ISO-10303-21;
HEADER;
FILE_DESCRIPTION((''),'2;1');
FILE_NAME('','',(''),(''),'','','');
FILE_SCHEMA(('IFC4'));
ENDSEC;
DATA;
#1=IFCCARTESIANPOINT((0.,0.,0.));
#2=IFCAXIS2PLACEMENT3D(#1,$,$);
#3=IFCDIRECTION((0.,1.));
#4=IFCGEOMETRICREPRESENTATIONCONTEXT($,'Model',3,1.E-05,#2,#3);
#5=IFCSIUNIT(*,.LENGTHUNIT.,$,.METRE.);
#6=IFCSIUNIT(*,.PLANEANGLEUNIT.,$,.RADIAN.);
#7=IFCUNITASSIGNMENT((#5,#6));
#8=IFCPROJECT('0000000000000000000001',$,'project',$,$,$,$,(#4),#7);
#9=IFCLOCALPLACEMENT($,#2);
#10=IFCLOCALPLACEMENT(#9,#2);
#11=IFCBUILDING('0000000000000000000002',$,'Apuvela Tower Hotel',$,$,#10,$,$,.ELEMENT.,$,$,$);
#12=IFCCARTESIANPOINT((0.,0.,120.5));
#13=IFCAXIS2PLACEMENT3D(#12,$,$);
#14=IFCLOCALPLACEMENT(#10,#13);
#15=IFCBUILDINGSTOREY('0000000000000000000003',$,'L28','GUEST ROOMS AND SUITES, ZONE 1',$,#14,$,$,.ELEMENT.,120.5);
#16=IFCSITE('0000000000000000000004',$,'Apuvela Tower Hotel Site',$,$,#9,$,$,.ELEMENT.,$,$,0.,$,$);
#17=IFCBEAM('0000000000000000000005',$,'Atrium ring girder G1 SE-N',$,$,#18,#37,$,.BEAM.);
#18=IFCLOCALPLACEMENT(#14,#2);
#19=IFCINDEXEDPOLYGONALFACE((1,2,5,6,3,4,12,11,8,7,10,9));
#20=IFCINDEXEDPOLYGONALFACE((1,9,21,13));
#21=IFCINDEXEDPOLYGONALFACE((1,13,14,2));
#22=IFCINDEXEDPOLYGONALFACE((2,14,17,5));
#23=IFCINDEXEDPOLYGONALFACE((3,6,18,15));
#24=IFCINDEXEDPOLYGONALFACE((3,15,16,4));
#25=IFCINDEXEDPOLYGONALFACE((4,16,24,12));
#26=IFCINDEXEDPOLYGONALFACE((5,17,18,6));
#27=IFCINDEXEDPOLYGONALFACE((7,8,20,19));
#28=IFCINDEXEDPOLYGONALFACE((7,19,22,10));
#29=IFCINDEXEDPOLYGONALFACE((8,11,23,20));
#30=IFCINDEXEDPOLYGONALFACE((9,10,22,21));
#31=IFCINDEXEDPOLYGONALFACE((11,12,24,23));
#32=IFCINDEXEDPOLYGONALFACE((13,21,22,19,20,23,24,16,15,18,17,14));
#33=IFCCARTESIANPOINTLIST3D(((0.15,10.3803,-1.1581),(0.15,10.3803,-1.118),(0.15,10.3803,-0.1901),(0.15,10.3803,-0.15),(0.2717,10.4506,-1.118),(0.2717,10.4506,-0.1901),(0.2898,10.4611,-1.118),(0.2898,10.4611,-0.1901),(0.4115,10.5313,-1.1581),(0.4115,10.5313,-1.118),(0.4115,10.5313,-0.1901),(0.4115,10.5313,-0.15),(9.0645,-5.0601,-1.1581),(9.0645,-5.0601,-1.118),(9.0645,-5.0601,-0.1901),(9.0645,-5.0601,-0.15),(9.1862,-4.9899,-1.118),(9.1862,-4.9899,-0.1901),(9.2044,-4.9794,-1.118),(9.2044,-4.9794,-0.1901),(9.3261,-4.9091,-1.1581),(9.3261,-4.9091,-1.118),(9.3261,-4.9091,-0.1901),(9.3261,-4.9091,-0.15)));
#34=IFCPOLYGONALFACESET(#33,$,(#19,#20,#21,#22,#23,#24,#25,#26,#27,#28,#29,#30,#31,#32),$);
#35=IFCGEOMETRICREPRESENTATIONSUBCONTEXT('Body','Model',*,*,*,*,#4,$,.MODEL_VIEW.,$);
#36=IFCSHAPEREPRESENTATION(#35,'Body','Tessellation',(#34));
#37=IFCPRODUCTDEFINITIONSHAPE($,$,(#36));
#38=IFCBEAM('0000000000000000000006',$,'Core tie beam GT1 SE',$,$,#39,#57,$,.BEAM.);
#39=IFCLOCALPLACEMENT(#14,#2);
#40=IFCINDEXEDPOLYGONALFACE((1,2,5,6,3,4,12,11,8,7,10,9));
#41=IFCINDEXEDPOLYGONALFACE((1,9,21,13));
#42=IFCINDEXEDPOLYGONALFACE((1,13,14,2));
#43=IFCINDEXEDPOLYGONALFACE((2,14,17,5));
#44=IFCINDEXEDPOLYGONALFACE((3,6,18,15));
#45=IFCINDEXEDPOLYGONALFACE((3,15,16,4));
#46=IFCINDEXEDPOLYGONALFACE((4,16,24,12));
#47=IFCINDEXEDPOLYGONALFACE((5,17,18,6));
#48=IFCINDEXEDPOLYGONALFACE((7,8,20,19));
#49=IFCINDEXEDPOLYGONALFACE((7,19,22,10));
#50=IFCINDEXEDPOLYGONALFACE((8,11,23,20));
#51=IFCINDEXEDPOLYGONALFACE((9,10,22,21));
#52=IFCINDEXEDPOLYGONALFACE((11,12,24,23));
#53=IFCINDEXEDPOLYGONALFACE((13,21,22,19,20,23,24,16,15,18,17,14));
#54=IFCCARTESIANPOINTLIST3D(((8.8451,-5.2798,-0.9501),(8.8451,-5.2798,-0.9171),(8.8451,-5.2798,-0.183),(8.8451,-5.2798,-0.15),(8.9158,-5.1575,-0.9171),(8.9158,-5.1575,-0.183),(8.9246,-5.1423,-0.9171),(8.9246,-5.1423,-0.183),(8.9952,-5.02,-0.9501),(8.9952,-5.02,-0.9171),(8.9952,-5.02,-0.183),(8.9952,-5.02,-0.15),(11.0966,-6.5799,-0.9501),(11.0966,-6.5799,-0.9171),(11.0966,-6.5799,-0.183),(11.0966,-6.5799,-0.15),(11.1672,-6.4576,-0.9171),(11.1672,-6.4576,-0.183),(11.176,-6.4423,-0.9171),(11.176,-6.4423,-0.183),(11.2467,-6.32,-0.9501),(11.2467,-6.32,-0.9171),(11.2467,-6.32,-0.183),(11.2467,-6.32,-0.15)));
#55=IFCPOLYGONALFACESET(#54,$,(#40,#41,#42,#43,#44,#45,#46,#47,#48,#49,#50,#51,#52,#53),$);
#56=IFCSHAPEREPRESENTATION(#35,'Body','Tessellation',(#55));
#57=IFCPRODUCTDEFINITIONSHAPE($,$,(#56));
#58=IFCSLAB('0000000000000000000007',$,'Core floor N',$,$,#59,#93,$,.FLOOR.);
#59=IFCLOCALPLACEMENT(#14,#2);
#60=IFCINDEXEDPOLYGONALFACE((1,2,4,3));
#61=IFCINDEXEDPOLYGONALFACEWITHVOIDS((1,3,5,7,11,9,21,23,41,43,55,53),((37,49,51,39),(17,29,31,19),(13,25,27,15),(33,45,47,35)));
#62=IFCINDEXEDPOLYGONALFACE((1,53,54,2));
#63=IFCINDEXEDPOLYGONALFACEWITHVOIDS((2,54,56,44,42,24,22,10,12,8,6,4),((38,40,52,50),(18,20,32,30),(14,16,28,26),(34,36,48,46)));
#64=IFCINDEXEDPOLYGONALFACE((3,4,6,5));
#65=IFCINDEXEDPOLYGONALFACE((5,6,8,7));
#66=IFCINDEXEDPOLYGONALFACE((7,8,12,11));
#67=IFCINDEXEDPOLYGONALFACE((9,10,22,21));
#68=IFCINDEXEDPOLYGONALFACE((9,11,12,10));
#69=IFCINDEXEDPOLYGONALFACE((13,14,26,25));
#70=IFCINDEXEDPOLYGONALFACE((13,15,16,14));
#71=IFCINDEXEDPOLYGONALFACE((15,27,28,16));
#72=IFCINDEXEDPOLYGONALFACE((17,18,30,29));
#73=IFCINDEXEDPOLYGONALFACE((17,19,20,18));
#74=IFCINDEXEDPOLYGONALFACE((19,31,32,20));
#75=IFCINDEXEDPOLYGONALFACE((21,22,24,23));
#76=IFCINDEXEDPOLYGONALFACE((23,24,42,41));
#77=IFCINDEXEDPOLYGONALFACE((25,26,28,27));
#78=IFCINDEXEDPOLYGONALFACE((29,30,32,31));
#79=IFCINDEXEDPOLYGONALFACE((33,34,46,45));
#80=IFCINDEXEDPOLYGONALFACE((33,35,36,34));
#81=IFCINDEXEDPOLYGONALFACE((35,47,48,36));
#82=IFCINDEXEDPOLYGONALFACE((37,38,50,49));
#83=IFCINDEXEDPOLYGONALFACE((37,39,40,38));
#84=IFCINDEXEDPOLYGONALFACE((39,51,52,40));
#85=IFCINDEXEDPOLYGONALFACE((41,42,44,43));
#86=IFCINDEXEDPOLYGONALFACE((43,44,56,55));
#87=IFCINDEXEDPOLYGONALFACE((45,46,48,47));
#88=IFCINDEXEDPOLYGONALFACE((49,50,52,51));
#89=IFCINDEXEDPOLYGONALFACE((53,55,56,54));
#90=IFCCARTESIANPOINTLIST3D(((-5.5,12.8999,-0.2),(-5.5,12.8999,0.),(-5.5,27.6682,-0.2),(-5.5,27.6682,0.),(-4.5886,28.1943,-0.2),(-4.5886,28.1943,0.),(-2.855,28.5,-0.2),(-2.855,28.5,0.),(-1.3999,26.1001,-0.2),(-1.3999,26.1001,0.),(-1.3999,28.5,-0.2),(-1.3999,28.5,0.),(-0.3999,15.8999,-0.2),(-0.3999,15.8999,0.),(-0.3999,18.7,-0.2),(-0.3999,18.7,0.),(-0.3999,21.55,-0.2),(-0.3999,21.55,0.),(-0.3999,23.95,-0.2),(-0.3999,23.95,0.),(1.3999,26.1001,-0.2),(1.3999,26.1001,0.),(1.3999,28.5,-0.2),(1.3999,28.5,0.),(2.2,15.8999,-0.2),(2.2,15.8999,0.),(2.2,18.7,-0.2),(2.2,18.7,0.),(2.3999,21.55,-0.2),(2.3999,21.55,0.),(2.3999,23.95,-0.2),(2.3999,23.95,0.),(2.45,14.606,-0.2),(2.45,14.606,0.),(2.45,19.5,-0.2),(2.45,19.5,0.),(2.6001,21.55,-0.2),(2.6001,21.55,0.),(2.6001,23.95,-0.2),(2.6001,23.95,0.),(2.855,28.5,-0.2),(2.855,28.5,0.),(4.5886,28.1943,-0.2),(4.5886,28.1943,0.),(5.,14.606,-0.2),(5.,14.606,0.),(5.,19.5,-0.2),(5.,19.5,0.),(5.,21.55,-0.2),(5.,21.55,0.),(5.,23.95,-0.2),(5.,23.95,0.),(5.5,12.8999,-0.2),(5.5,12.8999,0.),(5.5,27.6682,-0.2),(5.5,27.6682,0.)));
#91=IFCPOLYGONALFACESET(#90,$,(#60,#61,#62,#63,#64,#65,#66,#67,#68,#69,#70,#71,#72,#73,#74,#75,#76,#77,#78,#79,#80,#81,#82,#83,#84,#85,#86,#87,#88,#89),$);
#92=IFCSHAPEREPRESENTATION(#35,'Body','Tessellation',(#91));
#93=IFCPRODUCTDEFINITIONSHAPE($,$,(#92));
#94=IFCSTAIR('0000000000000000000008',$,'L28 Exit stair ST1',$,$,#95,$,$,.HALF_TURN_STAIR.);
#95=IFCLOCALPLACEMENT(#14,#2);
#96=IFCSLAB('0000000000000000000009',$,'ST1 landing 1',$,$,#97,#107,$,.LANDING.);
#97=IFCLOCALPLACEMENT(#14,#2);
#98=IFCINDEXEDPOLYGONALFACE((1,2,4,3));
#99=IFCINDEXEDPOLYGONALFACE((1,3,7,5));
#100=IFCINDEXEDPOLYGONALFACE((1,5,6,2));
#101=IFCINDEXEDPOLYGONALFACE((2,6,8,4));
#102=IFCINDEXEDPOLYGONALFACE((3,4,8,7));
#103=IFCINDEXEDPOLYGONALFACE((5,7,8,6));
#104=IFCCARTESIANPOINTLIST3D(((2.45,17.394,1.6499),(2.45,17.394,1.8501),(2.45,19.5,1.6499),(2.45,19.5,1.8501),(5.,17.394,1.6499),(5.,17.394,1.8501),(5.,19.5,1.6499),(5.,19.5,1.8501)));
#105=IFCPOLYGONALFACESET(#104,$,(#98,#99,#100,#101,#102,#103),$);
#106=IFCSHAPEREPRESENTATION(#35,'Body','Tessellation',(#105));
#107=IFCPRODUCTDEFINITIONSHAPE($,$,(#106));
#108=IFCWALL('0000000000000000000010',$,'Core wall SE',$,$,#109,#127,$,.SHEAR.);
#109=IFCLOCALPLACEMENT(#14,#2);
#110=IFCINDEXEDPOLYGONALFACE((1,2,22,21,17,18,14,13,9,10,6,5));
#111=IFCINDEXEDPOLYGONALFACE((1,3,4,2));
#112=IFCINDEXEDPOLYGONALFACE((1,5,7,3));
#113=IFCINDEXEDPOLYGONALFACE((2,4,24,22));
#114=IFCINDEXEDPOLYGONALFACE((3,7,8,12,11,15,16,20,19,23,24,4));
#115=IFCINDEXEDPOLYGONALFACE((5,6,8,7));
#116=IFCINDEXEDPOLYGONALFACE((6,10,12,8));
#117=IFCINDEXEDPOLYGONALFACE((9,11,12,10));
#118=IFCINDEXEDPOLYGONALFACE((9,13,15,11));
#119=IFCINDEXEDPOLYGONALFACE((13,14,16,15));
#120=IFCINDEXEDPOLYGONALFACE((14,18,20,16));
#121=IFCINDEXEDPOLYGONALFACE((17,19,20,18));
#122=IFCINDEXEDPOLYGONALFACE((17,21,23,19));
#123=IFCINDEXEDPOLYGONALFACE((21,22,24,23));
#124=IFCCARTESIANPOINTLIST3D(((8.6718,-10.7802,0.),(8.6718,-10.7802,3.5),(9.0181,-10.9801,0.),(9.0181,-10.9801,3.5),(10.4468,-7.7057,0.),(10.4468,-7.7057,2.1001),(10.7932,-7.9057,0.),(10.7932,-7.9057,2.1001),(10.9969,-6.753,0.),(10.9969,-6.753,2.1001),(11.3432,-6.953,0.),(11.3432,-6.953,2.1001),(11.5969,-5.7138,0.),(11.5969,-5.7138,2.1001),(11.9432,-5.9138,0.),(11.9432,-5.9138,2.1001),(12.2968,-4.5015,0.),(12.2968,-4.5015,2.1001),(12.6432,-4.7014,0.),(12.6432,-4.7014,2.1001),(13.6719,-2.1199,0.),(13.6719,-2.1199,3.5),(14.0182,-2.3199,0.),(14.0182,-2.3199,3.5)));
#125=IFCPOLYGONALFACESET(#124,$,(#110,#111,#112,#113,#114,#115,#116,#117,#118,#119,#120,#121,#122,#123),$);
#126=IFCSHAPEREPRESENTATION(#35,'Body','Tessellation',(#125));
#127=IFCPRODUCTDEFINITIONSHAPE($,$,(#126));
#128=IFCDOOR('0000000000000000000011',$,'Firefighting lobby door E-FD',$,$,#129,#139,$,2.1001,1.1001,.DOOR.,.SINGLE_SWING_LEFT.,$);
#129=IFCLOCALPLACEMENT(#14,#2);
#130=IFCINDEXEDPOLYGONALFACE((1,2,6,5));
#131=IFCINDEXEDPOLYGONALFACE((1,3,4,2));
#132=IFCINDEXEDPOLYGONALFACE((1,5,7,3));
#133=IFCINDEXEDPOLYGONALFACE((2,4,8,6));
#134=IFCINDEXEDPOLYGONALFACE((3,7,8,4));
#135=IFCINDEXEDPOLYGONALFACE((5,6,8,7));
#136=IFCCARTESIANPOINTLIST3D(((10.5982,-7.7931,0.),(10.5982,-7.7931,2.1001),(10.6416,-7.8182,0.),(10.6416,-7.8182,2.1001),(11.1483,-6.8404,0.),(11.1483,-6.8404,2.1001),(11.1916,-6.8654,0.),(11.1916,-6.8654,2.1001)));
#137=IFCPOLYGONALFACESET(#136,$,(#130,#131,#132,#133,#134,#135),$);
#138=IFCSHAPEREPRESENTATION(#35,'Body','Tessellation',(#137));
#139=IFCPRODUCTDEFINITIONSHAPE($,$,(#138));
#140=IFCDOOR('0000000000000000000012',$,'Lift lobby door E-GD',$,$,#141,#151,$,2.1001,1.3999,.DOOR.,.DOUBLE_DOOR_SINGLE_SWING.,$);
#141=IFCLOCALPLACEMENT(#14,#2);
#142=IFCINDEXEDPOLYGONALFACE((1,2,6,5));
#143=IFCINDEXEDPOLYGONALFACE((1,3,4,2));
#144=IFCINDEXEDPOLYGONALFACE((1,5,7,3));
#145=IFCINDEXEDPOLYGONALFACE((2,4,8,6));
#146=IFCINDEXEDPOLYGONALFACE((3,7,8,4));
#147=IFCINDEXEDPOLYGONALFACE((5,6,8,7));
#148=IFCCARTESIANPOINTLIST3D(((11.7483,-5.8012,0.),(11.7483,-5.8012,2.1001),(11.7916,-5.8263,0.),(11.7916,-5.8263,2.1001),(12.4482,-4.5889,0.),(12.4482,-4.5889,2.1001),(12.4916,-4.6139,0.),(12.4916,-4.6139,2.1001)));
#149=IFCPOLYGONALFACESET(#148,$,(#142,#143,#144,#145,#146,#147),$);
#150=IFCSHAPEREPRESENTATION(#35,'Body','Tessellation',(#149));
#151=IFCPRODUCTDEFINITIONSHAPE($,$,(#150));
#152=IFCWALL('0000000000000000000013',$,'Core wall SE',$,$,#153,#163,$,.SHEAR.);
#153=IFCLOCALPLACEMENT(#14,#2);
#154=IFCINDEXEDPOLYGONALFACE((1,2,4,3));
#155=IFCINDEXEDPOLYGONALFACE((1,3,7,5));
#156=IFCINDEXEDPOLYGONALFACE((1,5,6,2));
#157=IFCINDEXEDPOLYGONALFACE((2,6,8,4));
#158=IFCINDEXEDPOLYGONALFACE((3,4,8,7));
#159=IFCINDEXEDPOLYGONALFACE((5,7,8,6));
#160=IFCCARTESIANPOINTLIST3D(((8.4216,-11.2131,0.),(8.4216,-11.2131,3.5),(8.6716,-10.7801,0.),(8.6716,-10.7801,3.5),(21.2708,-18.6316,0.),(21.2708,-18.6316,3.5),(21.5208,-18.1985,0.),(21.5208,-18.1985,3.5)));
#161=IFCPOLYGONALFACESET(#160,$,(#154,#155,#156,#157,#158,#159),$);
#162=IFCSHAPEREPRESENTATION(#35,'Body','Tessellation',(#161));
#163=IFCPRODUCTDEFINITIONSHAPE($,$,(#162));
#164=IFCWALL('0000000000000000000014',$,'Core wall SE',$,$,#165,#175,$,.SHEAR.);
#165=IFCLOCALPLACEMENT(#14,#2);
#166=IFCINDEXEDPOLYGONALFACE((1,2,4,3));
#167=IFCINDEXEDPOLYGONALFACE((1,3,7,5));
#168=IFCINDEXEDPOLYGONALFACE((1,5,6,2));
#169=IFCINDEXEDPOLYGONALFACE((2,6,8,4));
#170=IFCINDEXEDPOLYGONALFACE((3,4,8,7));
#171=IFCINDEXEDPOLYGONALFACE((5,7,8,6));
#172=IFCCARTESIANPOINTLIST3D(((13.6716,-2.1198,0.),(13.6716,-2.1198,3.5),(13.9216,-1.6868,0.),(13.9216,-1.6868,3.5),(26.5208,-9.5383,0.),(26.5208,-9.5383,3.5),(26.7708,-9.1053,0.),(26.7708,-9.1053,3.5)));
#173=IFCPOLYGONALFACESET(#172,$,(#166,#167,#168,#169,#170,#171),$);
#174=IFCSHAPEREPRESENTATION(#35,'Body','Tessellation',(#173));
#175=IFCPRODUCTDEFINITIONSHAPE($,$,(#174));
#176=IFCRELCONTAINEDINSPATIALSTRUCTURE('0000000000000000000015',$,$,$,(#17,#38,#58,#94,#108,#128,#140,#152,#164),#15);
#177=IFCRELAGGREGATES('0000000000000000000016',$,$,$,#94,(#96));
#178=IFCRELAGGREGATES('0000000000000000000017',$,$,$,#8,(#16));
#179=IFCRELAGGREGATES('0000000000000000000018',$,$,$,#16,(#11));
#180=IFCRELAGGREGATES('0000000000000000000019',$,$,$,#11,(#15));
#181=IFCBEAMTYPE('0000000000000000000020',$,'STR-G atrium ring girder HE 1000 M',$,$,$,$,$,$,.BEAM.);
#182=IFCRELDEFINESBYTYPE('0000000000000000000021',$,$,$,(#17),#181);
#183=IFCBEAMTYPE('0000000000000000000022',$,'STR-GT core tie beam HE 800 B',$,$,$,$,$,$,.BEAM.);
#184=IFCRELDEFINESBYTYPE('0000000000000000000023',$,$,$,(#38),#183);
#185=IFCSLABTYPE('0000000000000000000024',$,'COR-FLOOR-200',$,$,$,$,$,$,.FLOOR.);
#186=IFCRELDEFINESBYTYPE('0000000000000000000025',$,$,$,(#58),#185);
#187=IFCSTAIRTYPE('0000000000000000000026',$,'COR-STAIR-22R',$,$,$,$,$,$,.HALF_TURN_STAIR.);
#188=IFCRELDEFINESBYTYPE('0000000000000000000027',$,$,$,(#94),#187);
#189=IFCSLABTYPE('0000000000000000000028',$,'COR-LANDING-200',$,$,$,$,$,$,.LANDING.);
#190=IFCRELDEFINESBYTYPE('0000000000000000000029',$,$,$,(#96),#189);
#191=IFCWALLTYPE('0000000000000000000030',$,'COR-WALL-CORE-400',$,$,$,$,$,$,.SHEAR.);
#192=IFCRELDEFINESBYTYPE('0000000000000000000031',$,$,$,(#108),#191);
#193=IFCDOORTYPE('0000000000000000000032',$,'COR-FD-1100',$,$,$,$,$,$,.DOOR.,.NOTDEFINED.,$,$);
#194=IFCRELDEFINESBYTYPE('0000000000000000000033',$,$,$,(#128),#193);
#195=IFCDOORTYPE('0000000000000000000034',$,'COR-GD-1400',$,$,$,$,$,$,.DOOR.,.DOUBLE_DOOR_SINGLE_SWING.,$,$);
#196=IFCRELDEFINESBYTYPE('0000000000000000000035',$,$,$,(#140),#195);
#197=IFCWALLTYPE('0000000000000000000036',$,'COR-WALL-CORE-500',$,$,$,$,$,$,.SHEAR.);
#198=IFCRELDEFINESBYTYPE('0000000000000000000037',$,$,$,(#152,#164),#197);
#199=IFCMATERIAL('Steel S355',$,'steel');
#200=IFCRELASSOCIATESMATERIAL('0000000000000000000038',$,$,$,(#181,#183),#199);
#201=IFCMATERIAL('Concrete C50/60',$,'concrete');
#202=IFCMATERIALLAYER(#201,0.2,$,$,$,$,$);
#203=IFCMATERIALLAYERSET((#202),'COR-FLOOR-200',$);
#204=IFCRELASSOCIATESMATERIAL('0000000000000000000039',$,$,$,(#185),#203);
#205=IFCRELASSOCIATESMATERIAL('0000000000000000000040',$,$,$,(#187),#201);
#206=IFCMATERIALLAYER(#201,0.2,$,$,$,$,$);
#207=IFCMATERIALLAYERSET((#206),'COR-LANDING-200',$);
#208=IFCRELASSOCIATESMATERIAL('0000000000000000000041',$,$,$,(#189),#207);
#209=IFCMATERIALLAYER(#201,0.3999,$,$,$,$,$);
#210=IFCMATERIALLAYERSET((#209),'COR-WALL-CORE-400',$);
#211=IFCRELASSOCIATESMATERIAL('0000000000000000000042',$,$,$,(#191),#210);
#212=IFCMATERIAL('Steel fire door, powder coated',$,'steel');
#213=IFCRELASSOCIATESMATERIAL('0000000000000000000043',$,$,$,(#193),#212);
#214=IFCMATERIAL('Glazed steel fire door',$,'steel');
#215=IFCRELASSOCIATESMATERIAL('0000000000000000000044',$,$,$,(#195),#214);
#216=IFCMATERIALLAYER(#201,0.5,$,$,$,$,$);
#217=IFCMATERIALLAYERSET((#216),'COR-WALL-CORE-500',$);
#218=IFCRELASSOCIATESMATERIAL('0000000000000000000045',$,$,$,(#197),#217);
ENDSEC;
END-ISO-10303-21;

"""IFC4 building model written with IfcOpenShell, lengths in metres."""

from ifc_helpers import new_model, si_unit, direction, frame, frame_2d, origin, origin_2d, place, context, subcontext, project, spatial, polyline, rectangle, i_section, outline, extrude, material, layer, layer_set, material_profile, profile_set, type_object, element, fill, aggregate, save


model = new_model("IFC4")

# Units and contexts
model_context = context("Model", 3, precision=1e-05, world=origin(), true_north=direction((0.0, 1.0)))
body_context = subcontext(model_context, "Body", "Model", "MODEL_VIEW")
ifc_project = project(units=[si_unit("LENGTHUNIT", "METRE"), si_unit("PLANEANGLEUNIT", "RADIAN")], contexts=[model_context])

# Site, building, storey
site_placement = place(None, origin())
site = spatial("IfcSite", under=ifc_project, at=site_placement, Name="Apuvela Tower Hotel Site", CompositionType="ELEMENT", RefElevation=0.0)
building_placement = place(site_placement, origin())
building = spatial("IfcBuilding", under=site, at=building_placement, Name="Apuvela Tower Hotel", CompositionType="ELEMENT")
storey_placement = place(building_placement, frame((0.0, 0.0, 120.5)))
storey = spatial("IfcBuildingStorey", under=building, at=storey_placement, Name="L28", Description="GUEST ROOMS AND SUITES, ZONE 1", CompositionType="ELEMENT", Elevation=120.5)

# Beams
ifc_material_1 = material(Name="Steel S355", Category="steel")
ifc_material_profile_1 = material_profile(ifc_material_1, i_section(OverallWidth=0.302, OverallDepth=1.0081, WebThickness=0.021, FlangeThickness=0.04, at=origin_2d()), Name="HE 1000 M")
ifc_profile_set_1 = profile_set([ifc_material_profile_1], Name="Steel S355")
beam_type_1 = type_object("IfcBeamType", Name="STR-G atrium ring girder HE 1000 M", PredefinedType="BEAM", material=ifc_profile_set_1)
beam_1_placement = place(storey_placement, frame((9.1953, -4.9846, -0.6541), z_axis=(-0.500001, 0.866025, 0.0), x_axis=(-0.866025, -0.500001, 0.0)))
element("IfcBeam", 1, at=beam_1_placement, inside=storey, type_object=beam_type_1, Name="Atrium ring girder G1 SE-N", PredefinedType="BEAM", context=body_context, shape_type="SweptSolid", body=[
    extrude(i_section(OverallWidth=0.302, OverallDepth=1.0081, WebThickness=0.021, FlangeThickness=0.04, at=origin_2d()), origin(), (0.0, 0.0, 1.0), 17.8291),
])
ifc_material_profile_2 = material_profile(ifc_material_1, i_section(OverallWidth=0.3, OverallDepth=0.8, WebThickness=0.0176, FlangeThickness=0.033, at=origin_2d()), Name="HE 800 B")
ifc_profile_set_2 = profile_set([ifc_material_profile_2], Name="Steel S355")
beam_type_2 = type_object("IfcBeamType", Name="STR-GT core tie beam HE 800 B", PredefinedType="BEAM", material=ifc_profile_set_2)
beam_2_placement = place(storey_placement, frame((11.1716, -6.45, -0.55), z_axis=(-0.865998, 0.500048, 0.0), x_axis=(-0.500048, -0.865998, 0.0)))
element("IfcBeam", 2, at=beam_2_placement, inside=storey, type_object=beam_type_2, Name="Core tie beam GT1 SE", PredefinedType="BEAM", context=body_context, shape_type="SweptSolid", body=[
    extrude(i_section(OverallWidth=0.3, OverallDepth=0.8, WebThickness=0.0176, FlangeThickness=0.033, at=origin_2d()), origin(), (0.0, 0.0, 1.0), 2.5999),
])

# Slab
ifc_material_2 = material(Name="Concrete C50/60", Category="concrete")
ifc_layer_1 = layer(ifc_material_2, 0.2)
ifc_layer_set_1 = layer_set([ifc_layer_1], Name="COR-FLOOR-200")
slab_type_1 = type_object("IfcSlabType", Name="COR-FLOOR-200", PredefinedType="FLOOR", material=ifc_layer_set_1)
slab_1_placement = place(storey_placement, frame((0.0, 0.0, -0.2)))
element("IfcSlab", 3, at=slab_1_placement, inside=storey, type_object=slab_type_1, Name="Core floor N", PredefinedType="FLOOR", context=body_context, shape_type="SweptSolid", body=[
    extrude(outline(polyline([(5.5, 27.6682), (4.5886, 28.1943), (2.855, 28.5), (1.3999, 28.5), (1.3999, 26.1001), (-1.3999, 26.1001), (-1.3999, 28.5), (-2.855, 28.5), (-4.5886, 28.1943), (-5.5, 27.6682), (-5.5, 12.8999), (5.5, 12.8999), (5.5, 27.6682)]), holes=[polyline([(5.0, 14.606), (2.45, 14.606), (2.45, 19.5), (5.0, 19.5), (5.0, 14.606)]), polyline([(2.2, 15.8999), (-0.3999, 15.8999), (-0.3999, 18.7), (2.2, 18.7), (2.2, 15.8999)]), polyline([(5.0, 21.55), (2.6001, 21.55), (2.6001, 23.95), (5.0, 23.95), (5.0, 21.55)]), polyline([(2.3999, 21.55), (-0.3999, 21.55), (-0.3999, 23.95), (2.3999, 23.95), (2.3999, 21.55)])]), origin(), (0.0, 0.0, 1.0), 0.2),
])

# Stair, slab
stair_type = type_object("IfcStairType", Name="COR-STAIR-22R", PredefinedType="HALF_TURN_STAIR", material=ifc_material_2)
stair_1_placement = place(storey_placement, origin())
stair_1 = element("IfcStair", 4, at=stair_1_placement, inside=storey, type_object=stair_type, Name="L28 Exit stair ST1", PredefinedType="HALF_TURN_STAIR")
ifc_layer_2 = layer(ifc_material_2, 0.2)
ifc_layer_set_2 = layer_set([ifc_layer_2], Name="COR-LANDING-200")
slab_type_2 = type_object("IfcSlabType", Name="COR-LANDING-200", PredefinedType="LANDING", material=ifc_layer_set_2)
slab_2_placement = place(storey_placement, frame((0.0, 0.0, 1.6499)))
slab_2 = element("IfcSlab", 5, at=slab_2_placement, type_object=slab_type_2, Name="ST1 landing 1", PredefinedType="LANDING", context=body_context, shape_type="SweptSolid", body=[
    extrude(outline(polyline([(5.0, 17.394), (5.0, 19.5), (2.45, 19.5), (2.45, 17.394), (5.0, 17.394)])), origin(), (0.0, 0.0, 1.0), 0.2002),
])
aggregate(stair_1, [slab_2])

# Wall, openings, doors
ifc_layer_3 = layer(ifc_material_2, 0.3999)
ifc_layer_set_3 = layer_set([ifc_layer_3], Name="COR-WALL-CORE-400")
wall_type_1 = type_object("IfcWallType", Name="COR-WALL-CORE-400", PredefinedType="SHEAR", material=ifc_layer_set_3)
wall_1_placement = place(storey_placement, frame((8.845, -10.8801, 0.0), z_axis=(0.0, 0.0, 1.0), x_axis=(0.500004, 0.866023, 0.0)))
wall_1 = element("IfcWall", 6, at=wall_1_placement, inside=storey, type_object=wall_type_1, Name="Core wall SE", PredefinedType="SHEAR", context=body_context, shape_type="SweptSolid", body=[
    extrude(rectangle(XDim=10.0, YDim=0.3999, at=frame_2d((5.0, 0.0))), origin(), (0.0, 0.0, 1.0), 3.5),
])
opening_1_placement = place(wall_1_placement, frame((3.55, 0.0, 0.0)))
opening_1 = element("IfcOpeningElement", 7, at=opening_1_placement, cuts=wall_1, PredefinedType="OPENING", context=body_context, shape_type="SweptSolid", body=[
    extrude(rectangle(XDim=1.1001, YDim=2.1001, at=frame_2d((0.55, 1.05))), frame((0.0, 0.21, 0.0), z_axis=(0.0, -1.0, 0.0), x_axis=(1.0, 0.0, 0.0)), (0.0, 0.0, 1.0), 0.4199),
])
opening_2_placement = place(wall_1_placement, frame((5.8501, 0.0, 0.0)))
opening_2 = element("IfcOpeningElement", 8, at=opening_2_placement, cuts=wall_1, PredefinedType="OPENING", context=body_context, shape_type="SweptSolid", body=[
    extrude(rectangle(XDim=1.3999, YDim=2.1001, at=frame_2d((0.7, 1.05))), frame((0.0, 0.21, 0.0), z_axis=(0.0, -1.0, 0.0), x_axis=(1.0, 0.0, 0.0)), (0.0, 0.0, 1.0), 0.4199),
])
ifc_material_3 = material(Name="Steel fire door, powder coated", Category="steel")
door_type_1 = type_object("IfcDoorType", Name="COR-FD-1100", OperationType="NOTDEFINED", PredefinedType="DOOR", material=ifc_material_3)
door_1_placement = place(opening_1_placement, frame((1.1001, 0.0, 0.0), z_axis=(0.0, 0.0, 1.0), x_axis=(-1.0, 0.0, 0.0)))
door_1 = element("IfcDoor", 9, at=door_1_placement, inside=storey, type_object=door_type_1, Name="Firefighting lobby door E-FD", OperationType="SINGLE_SWING_LEFT", OverallHeight=2.1001, OverallWidth=1.1001, PredefinedType="DOOR", context=body_context, shape_type="SweptSolid", body=[
    extrude(rectangle(XDim=1.1001, YDim=2.1001, at=frame_2d((0.55, 1.05))), frame((0.0, 0.0249, 0.0), z_axis=(0.0, -1.0, 0.0), x_axis=(1.0, 0.0, 0.0)), (0.0, 0.0, 1.0), 0.05),
])
fill(opening_1, door_1)
ifc_material_4 = material(Name="Glazed steel fire door", Category="steel")
door_type_2 = type_object("IfcDoorType", Name="COR-GD-1400", OperationType="DOUBLE_DOOR_SINGLE_SWING", PredefinedType="DOOR", material=ifc_material_4)
door_2_placement = place(opening_2_placement, frame((1.3999, 0.0, 0.0), z_axis=(0.0, 0.0, 1.0), x_axis=(-1.0, 0.0, 0.0)))
door_2 = element("IfcDoor", 10, at=door_2_placement, inside=storey, type_object=door_type_2, Name="Lift lobby door E-GD", OperationType="DOUBLE_DOOR_SINGLE_SWING", OverallHeight=2.1001, OverallWidth=1.3999, PredefinedType="DOOR", context=body_context, shape_type="SweptSolid", body=[
    extrude(rectangle(XDim=1.3999, YDim=2.1001, at=frame_2d((0.7, 1.05))), frame((0.0, 0.0249, 0.0), z_axis=(0.0, -1.0, 0.0), x_axis=(1.0, 0.0, 0.0)), (0.0, 0.0, 1.0), 0.05),
])
fill(opening_2, door_2)

# Walls
ifc_layer_4 = layer(ifc_material_2, 0.5)
ifc_layer_set_4 = layer_set([ifc_layer_4], Name="COR-WALL-CORE-500")
wall_type_2 = type_object("IfcWallType", Name="COR-WALL-CORE-500", PredefinedType="SHEAR", material=ifc_layer_set_4)
for number, where, z_axis, x_axis, name in (
    (11, (8.5466, -10.9966, 0.0), (0.0, 0.0, 1.0), (0.866025, -0.500001, 0.0), "Core wall SE"),
    (12, (13.7966, -1.9033, 0.0), (0.0, 0.0, 1.0), (0.866025, -0.500001, 0.0), "Core wall SE"),
):
    element("IfcWall", number, at=place(storey_placement, frame(where, z_axis=z_axis, x_axis=x_axis)), inside=storey, type_object=wall_type_2, Name=name, PredefinedType="SHEAR", context=body_context, shape_type="SweptSolid", body=[
        extrude(rectangle(XDim=14.8369, YDim=0.5, at=frame_2d((7.4185, 0.0))), origin(), (0.0, 0.0, 1.0), 3.5),
    ])

save(model, "model.ifc")
